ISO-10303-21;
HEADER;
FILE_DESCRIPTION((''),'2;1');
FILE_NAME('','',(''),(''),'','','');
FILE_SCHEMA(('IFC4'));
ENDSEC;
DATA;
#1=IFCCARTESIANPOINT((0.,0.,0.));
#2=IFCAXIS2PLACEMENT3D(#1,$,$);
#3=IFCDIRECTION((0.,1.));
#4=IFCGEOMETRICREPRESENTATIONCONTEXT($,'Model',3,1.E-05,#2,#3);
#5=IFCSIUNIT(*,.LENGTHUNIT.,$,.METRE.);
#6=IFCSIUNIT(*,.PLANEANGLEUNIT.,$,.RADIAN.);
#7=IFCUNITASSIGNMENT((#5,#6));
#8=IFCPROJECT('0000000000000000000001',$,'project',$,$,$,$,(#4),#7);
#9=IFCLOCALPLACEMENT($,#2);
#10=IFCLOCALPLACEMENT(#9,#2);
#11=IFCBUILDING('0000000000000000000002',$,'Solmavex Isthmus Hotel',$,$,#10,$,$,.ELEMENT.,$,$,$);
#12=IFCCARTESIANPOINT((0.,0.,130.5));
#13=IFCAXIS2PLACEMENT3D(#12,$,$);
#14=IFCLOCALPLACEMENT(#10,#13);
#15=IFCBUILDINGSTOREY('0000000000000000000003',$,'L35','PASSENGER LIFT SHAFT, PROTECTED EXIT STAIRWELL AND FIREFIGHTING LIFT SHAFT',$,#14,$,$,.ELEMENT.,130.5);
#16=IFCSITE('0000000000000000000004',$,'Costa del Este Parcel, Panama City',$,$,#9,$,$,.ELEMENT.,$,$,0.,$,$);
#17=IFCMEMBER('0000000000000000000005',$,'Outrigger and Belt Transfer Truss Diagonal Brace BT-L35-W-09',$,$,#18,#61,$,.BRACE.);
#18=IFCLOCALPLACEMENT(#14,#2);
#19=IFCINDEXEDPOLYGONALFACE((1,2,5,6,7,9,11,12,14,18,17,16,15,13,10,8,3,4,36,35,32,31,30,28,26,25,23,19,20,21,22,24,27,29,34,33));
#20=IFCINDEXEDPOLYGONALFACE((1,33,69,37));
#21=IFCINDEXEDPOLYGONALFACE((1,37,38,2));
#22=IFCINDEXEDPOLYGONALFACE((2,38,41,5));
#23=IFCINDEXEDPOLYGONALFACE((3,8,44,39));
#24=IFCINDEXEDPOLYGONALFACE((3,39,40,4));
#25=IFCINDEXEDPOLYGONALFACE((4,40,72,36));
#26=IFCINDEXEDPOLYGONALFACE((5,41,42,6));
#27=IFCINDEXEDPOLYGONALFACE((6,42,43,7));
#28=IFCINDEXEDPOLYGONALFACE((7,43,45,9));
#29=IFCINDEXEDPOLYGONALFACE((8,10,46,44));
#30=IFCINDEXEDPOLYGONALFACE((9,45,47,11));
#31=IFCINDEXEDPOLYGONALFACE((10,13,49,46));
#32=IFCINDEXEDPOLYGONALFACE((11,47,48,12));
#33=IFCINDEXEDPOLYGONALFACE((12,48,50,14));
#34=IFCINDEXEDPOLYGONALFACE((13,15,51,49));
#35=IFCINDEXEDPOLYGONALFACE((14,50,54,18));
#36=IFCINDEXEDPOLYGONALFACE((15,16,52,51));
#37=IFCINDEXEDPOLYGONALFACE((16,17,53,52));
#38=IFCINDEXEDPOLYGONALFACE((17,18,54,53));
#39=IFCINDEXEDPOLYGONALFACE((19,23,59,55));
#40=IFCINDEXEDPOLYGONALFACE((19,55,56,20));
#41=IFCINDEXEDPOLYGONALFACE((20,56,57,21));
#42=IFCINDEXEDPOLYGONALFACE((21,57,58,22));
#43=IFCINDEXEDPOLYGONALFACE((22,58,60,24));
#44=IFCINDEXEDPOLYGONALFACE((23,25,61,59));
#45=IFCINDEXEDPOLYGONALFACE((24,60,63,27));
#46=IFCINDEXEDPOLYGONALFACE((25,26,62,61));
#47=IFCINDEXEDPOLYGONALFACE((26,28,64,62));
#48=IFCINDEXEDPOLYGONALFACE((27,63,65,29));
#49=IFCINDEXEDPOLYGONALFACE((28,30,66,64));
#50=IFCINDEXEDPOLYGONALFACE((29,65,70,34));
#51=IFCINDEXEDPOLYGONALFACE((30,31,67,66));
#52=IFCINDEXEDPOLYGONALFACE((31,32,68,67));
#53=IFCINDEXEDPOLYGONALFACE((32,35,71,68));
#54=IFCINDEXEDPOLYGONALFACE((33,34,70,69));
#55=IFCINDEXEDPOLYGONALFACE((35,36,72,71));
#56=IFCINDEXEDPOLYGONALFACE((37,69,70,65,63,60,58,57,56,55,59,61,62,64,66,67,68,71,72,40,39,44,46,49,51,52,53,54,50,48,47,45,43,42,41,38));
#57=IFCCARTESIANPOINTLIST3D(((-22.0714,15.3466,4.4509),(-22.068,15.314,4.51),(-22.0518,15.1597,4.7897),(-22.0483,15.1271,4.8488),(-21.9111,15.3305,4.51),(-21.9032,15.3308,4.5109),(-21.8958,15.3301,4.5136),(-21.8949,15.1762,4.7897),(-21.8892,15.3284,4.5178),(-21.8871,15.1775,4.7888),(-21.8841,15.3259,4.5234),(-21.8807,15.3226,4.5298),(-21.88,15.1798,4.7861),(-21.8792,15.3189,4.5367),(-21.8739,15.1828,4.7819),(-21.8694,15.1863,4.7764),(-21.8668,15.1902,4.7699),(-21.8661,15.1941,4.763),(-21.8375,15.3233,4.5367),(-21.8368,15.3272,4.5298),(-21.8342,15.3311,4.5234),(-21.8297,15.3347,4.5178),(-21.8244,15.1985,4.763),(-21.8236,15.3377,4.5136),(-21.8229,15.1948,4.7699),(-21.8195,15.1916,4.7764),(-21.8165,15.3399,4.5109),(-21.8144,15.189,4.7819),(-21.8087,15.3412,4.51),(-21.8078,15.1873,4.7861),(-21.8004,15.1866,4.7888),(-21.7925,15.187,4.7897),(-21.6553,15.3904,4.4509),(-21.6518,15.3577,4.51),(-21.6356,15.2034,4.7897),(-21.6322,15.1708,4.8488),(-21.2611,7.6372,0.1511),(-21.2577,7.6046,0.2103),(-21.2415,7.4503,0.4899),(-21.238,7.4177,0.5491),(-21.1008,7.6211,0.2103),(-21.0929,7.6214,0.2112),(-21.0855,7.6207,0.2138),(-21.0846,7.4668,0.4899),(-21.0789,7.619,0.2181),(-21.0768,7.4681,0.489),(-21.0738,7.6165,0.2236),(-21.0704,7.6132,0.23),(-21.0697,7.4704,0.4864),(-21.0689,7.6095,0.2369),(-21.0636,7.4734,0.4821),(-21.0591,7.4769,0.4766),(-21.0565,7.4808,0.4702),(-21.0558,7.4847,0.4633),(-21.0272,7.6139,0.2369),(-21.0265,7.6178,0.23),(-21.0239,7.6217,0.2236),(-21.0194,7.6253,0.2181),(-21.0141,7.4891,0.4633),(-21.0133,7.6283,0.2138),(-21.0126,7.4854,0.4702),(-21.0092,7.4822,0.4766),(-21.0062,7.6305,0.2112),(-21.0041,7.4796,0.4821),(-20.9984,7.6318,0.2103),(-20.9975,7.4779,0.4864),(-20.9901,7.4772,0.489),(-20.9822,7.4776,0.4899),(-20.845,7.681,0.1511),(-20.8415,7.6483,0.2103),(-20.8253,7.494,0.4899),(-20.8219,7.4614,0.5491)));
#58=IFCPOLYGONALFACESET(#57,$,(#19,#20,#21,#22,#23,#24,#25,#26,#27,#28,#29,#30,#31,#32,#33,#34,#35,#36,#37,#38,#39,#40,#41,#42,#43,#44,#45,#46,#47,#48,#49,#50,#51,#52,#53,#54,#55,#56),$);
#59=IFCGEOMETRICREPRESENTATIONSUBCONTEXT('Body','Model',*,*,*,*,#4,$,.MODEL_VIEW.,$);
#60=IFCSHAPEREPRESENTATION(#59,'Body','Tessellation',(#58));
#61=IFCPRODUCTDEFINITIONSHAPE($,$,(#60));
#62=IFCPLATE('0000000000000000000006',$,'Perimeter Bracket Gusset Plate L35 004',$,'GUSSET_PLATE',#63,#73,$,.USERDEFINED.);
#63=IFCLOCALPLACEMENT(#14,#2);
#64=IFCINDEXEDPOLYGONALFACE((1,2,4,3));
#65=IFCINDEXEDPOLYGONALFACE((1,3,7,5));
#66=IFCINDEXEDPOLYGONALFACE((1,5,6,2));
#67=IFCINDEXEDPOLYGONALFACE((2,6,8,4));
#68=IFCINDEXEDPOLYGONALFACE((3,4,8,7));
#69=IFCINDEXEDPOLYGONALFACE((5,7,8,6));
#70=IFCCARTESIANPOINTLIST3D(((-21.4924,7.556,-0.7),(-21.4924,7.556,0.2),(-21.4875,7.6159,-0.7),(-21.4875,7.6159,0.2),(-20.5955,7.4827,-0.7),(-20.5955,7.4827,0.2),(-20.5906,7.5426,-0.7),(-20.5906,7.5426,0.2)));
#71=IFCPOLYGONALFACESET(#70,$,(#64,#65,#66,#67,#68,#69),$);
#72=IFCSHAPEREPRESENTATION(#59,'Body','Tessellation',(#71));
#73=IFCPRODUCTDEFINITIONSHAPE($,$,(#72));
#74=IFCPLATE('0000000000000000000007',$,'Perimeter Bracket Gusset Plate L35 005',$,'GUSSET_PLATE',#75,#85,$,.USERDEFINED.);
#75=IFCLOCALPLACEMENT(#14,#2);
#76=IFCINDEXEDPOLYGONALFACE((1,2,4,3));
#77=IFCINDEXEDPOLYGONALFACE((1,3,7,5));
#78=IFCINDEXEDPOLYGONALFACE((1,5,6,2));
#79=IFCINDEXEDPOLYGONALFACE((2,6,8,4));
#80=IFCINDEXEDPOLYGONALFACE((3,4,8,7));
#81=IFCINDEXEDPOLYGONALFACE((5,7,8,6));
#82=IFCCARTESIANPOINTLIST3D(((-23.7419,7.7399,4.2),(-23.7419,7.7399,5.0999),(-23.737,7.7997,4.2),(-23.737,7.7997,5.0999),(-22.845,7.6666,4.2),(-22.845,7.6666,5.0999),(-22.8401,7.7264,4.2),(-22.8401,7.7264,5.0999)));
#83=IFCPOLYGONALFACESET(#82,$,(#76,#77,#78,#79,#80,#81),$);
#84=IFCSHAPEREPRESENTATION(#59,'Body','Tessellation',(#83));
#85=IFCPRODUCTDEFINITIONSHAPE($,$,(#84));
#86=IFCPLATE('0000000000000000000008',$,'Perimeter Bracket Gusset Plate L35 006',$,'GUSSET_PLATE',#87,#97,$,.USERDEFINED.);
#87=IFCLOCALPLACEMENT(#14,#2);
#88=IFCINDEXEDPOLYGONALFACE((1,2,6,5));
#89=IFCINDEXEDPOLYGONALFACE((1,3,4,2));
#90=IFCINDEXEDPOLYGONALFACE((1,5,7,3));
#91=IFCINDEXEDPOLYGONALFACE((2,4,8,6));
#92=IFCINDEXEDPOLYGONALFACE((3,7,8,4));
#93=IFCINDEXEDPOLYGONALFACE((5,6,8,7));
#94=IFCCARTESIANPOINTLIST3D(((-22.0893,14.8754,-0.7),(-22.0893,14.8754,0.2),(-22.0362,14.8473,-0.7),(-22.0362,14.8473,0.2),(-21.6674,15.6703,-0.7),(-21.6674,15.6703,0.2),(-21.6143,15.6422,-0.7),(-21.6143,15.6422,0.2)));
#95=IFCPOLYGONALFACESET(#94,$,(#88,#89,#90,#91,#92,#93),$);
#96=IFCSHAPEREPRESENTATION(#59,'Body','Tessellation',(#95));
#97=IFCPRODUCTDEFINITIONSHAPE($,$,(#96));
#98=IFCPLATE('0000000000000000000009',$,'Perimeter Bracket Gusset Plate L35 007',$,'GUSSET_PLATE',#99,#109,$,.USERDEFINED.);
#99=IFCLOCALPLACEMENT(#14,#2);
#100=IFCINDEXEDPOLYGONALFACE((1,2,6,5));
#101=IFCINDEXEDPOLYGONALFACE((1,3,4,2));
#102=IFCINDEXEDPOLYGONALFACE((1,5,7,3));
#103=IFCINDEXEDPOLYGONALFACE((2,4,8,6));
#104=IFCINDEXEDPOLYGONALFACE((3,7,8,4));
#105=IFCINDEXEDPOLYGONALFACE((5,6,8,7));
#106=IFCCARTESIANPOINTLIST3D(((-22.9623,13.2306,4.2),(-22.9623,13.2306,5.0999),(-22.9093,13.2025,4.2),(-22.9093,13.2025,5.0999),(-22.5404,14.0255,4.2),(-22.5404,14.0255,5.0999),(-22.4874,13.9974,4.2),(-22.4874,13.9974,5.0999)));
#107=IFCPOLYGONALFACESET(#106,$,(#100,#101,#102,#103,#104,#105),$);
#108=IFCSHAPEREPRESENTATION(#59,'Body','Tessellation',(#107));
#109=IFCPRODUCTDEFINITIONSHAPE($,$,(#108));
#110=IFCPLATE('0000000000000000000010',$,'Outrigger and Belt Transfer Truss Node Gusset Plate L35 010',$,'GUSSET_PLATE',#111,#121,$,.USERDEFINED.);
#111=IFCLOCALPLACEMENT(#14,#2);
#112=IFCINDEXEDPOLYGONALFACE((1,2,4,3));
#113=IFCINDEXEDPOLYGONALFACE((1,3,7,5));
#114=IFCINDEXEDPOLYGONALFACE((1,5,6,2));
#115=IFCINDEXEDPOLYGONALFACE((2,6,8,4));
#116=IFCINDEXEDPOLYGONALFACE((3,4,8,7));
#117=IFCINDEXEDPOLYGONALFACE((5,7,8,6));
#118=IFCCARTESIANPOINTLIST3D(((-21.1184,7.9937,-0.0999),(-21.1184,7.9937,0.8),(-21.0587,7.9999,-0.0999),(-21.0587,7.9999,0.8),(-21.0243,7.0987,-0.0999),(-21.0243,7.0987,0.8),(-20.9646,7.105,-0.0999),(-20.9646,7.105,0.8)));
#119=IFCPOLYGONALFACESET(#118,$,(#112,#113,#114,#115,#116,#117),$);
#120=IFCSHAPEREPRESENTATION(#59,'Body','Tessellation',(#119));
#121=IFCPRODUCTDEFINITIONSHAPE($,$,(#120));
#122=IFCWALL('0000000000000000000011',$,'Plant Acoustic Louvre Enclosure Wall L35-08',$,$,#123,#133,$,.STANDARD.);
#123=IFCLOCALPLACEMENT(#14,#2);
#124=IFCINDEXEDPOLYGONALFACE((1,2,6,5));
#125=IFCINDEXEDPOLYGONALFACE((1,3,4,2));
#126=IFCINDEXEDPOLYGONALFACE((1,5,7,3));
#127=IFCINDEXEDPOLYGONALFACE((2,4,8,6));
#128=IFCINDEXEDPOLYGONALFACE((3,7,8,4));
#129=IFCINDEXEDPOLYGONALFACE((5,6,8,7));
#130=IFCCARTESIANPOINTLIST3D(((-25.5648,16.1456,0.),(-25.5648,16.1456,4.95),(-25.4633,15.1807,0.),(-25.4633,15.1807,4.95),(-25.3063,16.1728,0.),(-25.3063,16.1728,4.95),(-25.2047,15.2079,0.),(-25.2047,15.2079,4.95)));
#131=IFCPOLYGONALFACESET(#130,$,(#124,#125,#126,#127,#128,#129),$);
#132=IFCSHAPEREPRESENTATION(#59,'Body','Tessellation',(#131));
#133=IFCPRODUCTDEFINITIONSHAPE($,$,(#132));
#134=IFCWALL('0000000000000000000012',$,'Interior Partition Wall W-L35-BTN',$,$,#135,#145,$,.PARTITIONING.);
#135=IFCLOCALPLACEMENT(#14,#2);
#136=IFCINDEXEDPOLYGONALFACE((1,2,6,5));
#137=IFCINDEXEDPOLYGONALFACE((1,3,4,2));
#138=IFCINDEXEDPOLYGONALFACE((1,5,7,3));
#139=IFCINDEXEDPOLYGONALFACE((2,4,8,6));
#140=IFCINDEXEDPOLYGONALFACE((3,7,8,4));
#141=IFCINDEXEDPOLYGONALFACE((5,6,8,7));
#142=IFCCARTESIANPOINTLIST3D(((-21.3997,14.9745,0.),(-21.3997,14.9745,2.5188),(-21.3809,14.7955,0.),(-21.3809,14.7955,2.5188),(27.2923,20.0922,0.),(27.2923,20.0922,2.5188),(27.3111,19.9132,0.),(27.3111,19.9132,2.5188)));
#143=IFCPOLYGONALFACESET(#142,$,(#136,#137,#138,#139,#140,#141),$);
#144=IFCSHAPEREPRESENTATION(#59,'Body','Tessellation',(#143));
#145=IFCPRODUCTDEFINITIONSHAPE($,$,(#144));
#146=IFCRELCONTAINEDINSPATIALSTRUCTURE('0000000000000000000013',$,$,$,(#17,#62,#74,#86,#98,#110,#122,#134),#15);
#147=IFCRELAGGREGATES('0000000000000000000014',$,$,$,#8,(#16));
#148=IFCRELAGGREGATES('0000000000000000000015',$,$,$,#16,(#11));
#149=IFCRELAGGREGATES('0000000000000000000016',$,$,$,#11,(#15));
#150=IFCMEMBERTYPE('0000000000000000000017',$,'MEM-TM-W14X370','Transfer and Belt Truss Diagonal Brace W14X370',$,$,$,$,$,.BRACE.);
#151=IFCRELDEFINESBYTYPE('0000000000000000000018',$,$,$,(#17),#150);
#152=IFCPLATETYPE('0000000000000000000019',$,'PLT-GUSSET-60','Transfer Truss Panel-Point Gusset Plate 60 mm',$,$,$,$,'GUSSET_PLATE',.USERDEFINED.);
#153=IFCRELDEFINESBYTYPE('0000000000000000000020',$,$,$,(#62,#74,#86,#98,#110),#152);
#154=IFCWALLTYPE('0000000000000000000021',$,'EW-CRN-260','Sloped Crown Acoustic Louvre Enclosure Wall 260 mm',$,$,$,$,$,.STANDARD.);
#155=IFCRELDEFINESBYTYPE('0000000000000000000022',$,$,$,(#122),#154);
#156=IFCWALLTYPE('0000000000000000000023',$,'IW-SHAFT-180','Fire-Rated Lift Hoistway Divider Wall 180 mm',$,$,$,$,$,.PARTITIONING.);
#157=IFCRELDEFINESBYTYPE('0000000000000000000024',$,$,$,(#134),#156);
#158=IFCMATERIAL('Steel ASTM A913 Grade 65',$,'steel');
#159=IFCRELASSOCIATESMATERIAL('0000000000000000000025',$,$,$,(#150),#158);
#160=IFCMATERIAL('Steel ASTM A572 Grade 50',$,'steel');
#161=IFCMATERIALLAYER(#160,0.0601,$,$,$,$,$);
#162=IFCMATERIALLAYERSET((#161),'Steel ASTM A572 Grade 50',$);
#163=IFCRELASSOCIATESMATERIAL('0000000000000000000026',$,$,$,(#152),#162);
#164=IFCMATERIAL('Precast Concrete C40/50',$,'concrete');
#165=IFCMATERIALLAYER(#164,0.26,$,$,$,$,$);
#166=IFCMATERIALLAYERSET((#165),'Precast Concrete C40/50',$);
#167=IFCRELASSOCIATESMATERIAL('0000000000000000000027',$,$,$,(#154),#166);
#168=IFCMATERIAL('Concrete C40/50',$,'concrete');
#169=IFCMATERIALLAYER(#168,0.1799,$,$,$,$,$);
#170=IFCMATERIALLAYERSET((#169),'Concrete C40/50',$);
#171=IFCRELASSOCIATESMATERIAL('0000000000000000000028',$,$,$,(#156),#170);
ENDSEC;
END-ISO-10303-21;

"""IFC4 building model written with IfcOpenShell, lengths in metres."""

from ifc_helpers import new_model, si_unit, direction, frame, frame_2d, origin, origin_2d, place, context, subcontext, project, spatial, rectangle, i_section, extrude, material, layer, layer_set, material_profile, profile_set, type_object, element, save


model = new_model("IFC4")

# Units and contexts
model_context = context("Model", 3, precision=1e-05, world=origin(), true_north=direction((0.0, 1.0)))
body_context = subcontext(model_context, "Body", "Model", "MODEL_VIEW")
ifc_project = project(units=[si_unit("LENGTHUNIT", "METRE"), si_unit("PLANEANGLEUNIT", "RADIAN")], contexts=[model_context])

# Site, building, storey
site_placement = place(None, origin())
site = spatial("IfcSite", under=ifc_project, at=site_placement, Name="Costa del Este Parcel, Panama City", CompositionType="ELEMENT", RefElevation=0.0)
building_placement = place(site_placement, origin())
building = spatial("IfcBuilding", under=site, at=building_placement, Name="Solmavex Isthmus Hotel", CompositionType="ELEMENT")
storey_placement = place(building_placement, frame((0.0, 0.0, 130.5)))
storey = spatial("IfcBuildingStorey", under=building, at=storey_placement, Name="L35", Description="PASSENGER LIFT SHAFT, PROTECTED EXIT STAIRWELL AND FIREFIGHTING LIFT SHAFT", CompositionType="ELEMENT", Elevation=130.5)

# Shared definitions
ifc_material_1 = material(Name="Steel ASTM A913 Grade 65", Category="steel")

# Member
ifc_material_profile_1 = material_profile(ifc_material_1, i_section(OverallWidth=0.4185, OverallDepth=0.4551, WebThickness=0.042, FlangeThickness=0.0676, FilletRadius=0.0305, at=origin_2d()), Name="W14X370")
ifc_profile_set_1 = profile_set([ifc_material_profile_1], Name="Steel ASTM A913 Grade 65")
member_type_1 = type_object("IfcMemberType", Name="MEM-TM-W14X370", Description="Transfer and Belt Truss Diagonal Brace W14X370", PredefinedType="BRACE", material=ifc_profile_set_1)
member_1_placement = place(storey_placement, frame((-21.0415, 7.5493, 0.3501), z_axis=(-0.091409, 0.869694, 0.485054), x_axis=(-0.994522, -0.104529, 0.0)))
element("IfcMember", 1, at=member_1_placement, inside=storey, type_object=member_type_1, Name="Outrigger and Belt Transfer Truss Diagonal Brace BT-L35-W-09", PredefinedType="BRACE", context=body_context, shape_type="SweptSolid", body=[
    extrude(i_section(OverallWidth=0.4185, OverallDepth=0.4551, WebThickness=0.042, FlangeThickness=0.0676, FilletRadius=0.0305, at=origin_2d()), origin(), (0.0, 0.0, 1.0), 8.8645),
])

# Plates
ifc_material_2 = material(Name="Steel ASTM A572 Grade 50", Category="steel")
ifc_layer_1 = layer(ifc_material_2, 0.0601)
ifc_layer_set_1 = layer_set([ifc_layer_1], Name="Steel ASTM A572 Grade 50")
plate_type = type_object("IfcPlateType", Name="PLT-GUSSET-60", Description="Transfer Truss Panel-Point Gusset Plate 60 mm", ElementType="GUSSET_PLATE", PredefinedType="USERDEFINED", material=ifc_layer_set_1)
for number, where, z_axis, x_axis, name in (
    (2, (-21.0415, 7.5493, -0.7), (0.0, 0.0, 1.0), (-0.996676, 0.081469, 0.0), "Perimeter Bracket Gusset Plate L35 004"),
    (3, (-23.291, 7.7332, 4.2), (0.0, 0.0, 1.0), (-0.996676, 0.081469, 0.0), "Perimeter Bracket Gusset Plate L35 005"),
    (4, (-21.8518, 15.2588, -0.7), (0.0, 0.0, 1.0), (-0.468809, -0.8833, 0.0), "Perimeter Bracket Gusset Plate L35 006"),
    (5, (-22.7249, 13.614, 4.2), (0.0, 0.0, 1.0), (-0.468809, -0.8833, 0.0), "Perimeter Bracket Gusset Plate L35 007"),
    (6, (-21.0415, 7.5493, -0.0999), (0.0, 0.0, 1.0), (-0.104528, 0.994522, 0.0), "Outrigger and Belt Transfer Truss Node Gusset Plate L35 010"),
):
    element("IfcPlate", number, at=place(storey_placement, frame(where, z_axis=z_axis, x_axis=x_axis)), inside=storey, type_object=plate_type, Name=name, ObjectType="GUSSET_PLATE", PredefinedType="USERDEFINED", context=body_context, shape_type="SweptSolid", body=[
        extrude(rectangle(XDim=0.8999, YDim=0.0601, at=origin_2d()), origin(), (0.0, 0.0, 1.0), 0.8999),
    ])

# Walls
ifc_material_3 = material(Name="Precast Concrete C40/50", Category="concrete")
ifc_layer_2 = layer(ifc_material_3, 0.26)
ifc_layer_set_2 = layer_set([ifc_layer_2], Name="Precast Concrete C40/50")
wall_type_1 = type_object("IfcWallType", Name="EW-CRN-260", Description="Sloped Crown Acoustic Louvre Enclosure Wall 260 mm", PredefinedType="STANDARD", material=ifc_layer_set_2)
wall_1_placement = place(storey_placement, frame((-25.334, 15.1943, 0.0), z_axis=(0.0, 0.0, 1.0), x_axis=(-0.104685, 0.994505, 0.0)))
element("IfcWall", 7, at=wall_1_placement, inside=storey, type_object=wall_type_1, Name="Plant Acoustic Louvre Enclosure Wall L35-08", PredefinedType="STANDARD", context=body_context, shape_type="SweptSolid", body=[
    extrude(rectangle(XDim=0.9702, YDim=0.26, at=frame_2d((0.4851, 0.0))), origin(), (0.0, 0.0, 1.0), 4.95),
])
ifc_material_4 = material(Name="Concrete C40/50", Category="concrete")
ifc_layer_3 = layer(ifc_material_4, 0.1799)
ifc_layer_set_3 = layer_set([ifc_layer_3], Name="Concrete C40/50")
wall_type_2 = type_object("IfcWallType", Name="IW-SHAFT-180", Description="Fire-Rated Lift Hoistway Divider Wall 180 mm", PredefinedType="PARTITIONING", material=ifc_layer_set_3)
wall_2_placement = place(storey_placement, frame((-21.3901, 14.885, 0.0), z_axis=(0.0, 0.0, 1.0), x_axis=(0.994522, 0.104527, 0.0)))
element("IfcWall", 8, at=wall_2_placement, inside=storey, type_object=wall_type_2, Name="Interior Partition Wall W-L35-BTN", PredefinedType="PARTITIONING", context=body_context, shape_type="SweptSolid", body=[
    extrude(rectangle(XDim=48.9602, YDim=0.1799, at=frame_2d((24.48, 0.0))), origin(), (0.0, 0.0, 1.0), 2.5188),
])

save(model, "model.ifc")
